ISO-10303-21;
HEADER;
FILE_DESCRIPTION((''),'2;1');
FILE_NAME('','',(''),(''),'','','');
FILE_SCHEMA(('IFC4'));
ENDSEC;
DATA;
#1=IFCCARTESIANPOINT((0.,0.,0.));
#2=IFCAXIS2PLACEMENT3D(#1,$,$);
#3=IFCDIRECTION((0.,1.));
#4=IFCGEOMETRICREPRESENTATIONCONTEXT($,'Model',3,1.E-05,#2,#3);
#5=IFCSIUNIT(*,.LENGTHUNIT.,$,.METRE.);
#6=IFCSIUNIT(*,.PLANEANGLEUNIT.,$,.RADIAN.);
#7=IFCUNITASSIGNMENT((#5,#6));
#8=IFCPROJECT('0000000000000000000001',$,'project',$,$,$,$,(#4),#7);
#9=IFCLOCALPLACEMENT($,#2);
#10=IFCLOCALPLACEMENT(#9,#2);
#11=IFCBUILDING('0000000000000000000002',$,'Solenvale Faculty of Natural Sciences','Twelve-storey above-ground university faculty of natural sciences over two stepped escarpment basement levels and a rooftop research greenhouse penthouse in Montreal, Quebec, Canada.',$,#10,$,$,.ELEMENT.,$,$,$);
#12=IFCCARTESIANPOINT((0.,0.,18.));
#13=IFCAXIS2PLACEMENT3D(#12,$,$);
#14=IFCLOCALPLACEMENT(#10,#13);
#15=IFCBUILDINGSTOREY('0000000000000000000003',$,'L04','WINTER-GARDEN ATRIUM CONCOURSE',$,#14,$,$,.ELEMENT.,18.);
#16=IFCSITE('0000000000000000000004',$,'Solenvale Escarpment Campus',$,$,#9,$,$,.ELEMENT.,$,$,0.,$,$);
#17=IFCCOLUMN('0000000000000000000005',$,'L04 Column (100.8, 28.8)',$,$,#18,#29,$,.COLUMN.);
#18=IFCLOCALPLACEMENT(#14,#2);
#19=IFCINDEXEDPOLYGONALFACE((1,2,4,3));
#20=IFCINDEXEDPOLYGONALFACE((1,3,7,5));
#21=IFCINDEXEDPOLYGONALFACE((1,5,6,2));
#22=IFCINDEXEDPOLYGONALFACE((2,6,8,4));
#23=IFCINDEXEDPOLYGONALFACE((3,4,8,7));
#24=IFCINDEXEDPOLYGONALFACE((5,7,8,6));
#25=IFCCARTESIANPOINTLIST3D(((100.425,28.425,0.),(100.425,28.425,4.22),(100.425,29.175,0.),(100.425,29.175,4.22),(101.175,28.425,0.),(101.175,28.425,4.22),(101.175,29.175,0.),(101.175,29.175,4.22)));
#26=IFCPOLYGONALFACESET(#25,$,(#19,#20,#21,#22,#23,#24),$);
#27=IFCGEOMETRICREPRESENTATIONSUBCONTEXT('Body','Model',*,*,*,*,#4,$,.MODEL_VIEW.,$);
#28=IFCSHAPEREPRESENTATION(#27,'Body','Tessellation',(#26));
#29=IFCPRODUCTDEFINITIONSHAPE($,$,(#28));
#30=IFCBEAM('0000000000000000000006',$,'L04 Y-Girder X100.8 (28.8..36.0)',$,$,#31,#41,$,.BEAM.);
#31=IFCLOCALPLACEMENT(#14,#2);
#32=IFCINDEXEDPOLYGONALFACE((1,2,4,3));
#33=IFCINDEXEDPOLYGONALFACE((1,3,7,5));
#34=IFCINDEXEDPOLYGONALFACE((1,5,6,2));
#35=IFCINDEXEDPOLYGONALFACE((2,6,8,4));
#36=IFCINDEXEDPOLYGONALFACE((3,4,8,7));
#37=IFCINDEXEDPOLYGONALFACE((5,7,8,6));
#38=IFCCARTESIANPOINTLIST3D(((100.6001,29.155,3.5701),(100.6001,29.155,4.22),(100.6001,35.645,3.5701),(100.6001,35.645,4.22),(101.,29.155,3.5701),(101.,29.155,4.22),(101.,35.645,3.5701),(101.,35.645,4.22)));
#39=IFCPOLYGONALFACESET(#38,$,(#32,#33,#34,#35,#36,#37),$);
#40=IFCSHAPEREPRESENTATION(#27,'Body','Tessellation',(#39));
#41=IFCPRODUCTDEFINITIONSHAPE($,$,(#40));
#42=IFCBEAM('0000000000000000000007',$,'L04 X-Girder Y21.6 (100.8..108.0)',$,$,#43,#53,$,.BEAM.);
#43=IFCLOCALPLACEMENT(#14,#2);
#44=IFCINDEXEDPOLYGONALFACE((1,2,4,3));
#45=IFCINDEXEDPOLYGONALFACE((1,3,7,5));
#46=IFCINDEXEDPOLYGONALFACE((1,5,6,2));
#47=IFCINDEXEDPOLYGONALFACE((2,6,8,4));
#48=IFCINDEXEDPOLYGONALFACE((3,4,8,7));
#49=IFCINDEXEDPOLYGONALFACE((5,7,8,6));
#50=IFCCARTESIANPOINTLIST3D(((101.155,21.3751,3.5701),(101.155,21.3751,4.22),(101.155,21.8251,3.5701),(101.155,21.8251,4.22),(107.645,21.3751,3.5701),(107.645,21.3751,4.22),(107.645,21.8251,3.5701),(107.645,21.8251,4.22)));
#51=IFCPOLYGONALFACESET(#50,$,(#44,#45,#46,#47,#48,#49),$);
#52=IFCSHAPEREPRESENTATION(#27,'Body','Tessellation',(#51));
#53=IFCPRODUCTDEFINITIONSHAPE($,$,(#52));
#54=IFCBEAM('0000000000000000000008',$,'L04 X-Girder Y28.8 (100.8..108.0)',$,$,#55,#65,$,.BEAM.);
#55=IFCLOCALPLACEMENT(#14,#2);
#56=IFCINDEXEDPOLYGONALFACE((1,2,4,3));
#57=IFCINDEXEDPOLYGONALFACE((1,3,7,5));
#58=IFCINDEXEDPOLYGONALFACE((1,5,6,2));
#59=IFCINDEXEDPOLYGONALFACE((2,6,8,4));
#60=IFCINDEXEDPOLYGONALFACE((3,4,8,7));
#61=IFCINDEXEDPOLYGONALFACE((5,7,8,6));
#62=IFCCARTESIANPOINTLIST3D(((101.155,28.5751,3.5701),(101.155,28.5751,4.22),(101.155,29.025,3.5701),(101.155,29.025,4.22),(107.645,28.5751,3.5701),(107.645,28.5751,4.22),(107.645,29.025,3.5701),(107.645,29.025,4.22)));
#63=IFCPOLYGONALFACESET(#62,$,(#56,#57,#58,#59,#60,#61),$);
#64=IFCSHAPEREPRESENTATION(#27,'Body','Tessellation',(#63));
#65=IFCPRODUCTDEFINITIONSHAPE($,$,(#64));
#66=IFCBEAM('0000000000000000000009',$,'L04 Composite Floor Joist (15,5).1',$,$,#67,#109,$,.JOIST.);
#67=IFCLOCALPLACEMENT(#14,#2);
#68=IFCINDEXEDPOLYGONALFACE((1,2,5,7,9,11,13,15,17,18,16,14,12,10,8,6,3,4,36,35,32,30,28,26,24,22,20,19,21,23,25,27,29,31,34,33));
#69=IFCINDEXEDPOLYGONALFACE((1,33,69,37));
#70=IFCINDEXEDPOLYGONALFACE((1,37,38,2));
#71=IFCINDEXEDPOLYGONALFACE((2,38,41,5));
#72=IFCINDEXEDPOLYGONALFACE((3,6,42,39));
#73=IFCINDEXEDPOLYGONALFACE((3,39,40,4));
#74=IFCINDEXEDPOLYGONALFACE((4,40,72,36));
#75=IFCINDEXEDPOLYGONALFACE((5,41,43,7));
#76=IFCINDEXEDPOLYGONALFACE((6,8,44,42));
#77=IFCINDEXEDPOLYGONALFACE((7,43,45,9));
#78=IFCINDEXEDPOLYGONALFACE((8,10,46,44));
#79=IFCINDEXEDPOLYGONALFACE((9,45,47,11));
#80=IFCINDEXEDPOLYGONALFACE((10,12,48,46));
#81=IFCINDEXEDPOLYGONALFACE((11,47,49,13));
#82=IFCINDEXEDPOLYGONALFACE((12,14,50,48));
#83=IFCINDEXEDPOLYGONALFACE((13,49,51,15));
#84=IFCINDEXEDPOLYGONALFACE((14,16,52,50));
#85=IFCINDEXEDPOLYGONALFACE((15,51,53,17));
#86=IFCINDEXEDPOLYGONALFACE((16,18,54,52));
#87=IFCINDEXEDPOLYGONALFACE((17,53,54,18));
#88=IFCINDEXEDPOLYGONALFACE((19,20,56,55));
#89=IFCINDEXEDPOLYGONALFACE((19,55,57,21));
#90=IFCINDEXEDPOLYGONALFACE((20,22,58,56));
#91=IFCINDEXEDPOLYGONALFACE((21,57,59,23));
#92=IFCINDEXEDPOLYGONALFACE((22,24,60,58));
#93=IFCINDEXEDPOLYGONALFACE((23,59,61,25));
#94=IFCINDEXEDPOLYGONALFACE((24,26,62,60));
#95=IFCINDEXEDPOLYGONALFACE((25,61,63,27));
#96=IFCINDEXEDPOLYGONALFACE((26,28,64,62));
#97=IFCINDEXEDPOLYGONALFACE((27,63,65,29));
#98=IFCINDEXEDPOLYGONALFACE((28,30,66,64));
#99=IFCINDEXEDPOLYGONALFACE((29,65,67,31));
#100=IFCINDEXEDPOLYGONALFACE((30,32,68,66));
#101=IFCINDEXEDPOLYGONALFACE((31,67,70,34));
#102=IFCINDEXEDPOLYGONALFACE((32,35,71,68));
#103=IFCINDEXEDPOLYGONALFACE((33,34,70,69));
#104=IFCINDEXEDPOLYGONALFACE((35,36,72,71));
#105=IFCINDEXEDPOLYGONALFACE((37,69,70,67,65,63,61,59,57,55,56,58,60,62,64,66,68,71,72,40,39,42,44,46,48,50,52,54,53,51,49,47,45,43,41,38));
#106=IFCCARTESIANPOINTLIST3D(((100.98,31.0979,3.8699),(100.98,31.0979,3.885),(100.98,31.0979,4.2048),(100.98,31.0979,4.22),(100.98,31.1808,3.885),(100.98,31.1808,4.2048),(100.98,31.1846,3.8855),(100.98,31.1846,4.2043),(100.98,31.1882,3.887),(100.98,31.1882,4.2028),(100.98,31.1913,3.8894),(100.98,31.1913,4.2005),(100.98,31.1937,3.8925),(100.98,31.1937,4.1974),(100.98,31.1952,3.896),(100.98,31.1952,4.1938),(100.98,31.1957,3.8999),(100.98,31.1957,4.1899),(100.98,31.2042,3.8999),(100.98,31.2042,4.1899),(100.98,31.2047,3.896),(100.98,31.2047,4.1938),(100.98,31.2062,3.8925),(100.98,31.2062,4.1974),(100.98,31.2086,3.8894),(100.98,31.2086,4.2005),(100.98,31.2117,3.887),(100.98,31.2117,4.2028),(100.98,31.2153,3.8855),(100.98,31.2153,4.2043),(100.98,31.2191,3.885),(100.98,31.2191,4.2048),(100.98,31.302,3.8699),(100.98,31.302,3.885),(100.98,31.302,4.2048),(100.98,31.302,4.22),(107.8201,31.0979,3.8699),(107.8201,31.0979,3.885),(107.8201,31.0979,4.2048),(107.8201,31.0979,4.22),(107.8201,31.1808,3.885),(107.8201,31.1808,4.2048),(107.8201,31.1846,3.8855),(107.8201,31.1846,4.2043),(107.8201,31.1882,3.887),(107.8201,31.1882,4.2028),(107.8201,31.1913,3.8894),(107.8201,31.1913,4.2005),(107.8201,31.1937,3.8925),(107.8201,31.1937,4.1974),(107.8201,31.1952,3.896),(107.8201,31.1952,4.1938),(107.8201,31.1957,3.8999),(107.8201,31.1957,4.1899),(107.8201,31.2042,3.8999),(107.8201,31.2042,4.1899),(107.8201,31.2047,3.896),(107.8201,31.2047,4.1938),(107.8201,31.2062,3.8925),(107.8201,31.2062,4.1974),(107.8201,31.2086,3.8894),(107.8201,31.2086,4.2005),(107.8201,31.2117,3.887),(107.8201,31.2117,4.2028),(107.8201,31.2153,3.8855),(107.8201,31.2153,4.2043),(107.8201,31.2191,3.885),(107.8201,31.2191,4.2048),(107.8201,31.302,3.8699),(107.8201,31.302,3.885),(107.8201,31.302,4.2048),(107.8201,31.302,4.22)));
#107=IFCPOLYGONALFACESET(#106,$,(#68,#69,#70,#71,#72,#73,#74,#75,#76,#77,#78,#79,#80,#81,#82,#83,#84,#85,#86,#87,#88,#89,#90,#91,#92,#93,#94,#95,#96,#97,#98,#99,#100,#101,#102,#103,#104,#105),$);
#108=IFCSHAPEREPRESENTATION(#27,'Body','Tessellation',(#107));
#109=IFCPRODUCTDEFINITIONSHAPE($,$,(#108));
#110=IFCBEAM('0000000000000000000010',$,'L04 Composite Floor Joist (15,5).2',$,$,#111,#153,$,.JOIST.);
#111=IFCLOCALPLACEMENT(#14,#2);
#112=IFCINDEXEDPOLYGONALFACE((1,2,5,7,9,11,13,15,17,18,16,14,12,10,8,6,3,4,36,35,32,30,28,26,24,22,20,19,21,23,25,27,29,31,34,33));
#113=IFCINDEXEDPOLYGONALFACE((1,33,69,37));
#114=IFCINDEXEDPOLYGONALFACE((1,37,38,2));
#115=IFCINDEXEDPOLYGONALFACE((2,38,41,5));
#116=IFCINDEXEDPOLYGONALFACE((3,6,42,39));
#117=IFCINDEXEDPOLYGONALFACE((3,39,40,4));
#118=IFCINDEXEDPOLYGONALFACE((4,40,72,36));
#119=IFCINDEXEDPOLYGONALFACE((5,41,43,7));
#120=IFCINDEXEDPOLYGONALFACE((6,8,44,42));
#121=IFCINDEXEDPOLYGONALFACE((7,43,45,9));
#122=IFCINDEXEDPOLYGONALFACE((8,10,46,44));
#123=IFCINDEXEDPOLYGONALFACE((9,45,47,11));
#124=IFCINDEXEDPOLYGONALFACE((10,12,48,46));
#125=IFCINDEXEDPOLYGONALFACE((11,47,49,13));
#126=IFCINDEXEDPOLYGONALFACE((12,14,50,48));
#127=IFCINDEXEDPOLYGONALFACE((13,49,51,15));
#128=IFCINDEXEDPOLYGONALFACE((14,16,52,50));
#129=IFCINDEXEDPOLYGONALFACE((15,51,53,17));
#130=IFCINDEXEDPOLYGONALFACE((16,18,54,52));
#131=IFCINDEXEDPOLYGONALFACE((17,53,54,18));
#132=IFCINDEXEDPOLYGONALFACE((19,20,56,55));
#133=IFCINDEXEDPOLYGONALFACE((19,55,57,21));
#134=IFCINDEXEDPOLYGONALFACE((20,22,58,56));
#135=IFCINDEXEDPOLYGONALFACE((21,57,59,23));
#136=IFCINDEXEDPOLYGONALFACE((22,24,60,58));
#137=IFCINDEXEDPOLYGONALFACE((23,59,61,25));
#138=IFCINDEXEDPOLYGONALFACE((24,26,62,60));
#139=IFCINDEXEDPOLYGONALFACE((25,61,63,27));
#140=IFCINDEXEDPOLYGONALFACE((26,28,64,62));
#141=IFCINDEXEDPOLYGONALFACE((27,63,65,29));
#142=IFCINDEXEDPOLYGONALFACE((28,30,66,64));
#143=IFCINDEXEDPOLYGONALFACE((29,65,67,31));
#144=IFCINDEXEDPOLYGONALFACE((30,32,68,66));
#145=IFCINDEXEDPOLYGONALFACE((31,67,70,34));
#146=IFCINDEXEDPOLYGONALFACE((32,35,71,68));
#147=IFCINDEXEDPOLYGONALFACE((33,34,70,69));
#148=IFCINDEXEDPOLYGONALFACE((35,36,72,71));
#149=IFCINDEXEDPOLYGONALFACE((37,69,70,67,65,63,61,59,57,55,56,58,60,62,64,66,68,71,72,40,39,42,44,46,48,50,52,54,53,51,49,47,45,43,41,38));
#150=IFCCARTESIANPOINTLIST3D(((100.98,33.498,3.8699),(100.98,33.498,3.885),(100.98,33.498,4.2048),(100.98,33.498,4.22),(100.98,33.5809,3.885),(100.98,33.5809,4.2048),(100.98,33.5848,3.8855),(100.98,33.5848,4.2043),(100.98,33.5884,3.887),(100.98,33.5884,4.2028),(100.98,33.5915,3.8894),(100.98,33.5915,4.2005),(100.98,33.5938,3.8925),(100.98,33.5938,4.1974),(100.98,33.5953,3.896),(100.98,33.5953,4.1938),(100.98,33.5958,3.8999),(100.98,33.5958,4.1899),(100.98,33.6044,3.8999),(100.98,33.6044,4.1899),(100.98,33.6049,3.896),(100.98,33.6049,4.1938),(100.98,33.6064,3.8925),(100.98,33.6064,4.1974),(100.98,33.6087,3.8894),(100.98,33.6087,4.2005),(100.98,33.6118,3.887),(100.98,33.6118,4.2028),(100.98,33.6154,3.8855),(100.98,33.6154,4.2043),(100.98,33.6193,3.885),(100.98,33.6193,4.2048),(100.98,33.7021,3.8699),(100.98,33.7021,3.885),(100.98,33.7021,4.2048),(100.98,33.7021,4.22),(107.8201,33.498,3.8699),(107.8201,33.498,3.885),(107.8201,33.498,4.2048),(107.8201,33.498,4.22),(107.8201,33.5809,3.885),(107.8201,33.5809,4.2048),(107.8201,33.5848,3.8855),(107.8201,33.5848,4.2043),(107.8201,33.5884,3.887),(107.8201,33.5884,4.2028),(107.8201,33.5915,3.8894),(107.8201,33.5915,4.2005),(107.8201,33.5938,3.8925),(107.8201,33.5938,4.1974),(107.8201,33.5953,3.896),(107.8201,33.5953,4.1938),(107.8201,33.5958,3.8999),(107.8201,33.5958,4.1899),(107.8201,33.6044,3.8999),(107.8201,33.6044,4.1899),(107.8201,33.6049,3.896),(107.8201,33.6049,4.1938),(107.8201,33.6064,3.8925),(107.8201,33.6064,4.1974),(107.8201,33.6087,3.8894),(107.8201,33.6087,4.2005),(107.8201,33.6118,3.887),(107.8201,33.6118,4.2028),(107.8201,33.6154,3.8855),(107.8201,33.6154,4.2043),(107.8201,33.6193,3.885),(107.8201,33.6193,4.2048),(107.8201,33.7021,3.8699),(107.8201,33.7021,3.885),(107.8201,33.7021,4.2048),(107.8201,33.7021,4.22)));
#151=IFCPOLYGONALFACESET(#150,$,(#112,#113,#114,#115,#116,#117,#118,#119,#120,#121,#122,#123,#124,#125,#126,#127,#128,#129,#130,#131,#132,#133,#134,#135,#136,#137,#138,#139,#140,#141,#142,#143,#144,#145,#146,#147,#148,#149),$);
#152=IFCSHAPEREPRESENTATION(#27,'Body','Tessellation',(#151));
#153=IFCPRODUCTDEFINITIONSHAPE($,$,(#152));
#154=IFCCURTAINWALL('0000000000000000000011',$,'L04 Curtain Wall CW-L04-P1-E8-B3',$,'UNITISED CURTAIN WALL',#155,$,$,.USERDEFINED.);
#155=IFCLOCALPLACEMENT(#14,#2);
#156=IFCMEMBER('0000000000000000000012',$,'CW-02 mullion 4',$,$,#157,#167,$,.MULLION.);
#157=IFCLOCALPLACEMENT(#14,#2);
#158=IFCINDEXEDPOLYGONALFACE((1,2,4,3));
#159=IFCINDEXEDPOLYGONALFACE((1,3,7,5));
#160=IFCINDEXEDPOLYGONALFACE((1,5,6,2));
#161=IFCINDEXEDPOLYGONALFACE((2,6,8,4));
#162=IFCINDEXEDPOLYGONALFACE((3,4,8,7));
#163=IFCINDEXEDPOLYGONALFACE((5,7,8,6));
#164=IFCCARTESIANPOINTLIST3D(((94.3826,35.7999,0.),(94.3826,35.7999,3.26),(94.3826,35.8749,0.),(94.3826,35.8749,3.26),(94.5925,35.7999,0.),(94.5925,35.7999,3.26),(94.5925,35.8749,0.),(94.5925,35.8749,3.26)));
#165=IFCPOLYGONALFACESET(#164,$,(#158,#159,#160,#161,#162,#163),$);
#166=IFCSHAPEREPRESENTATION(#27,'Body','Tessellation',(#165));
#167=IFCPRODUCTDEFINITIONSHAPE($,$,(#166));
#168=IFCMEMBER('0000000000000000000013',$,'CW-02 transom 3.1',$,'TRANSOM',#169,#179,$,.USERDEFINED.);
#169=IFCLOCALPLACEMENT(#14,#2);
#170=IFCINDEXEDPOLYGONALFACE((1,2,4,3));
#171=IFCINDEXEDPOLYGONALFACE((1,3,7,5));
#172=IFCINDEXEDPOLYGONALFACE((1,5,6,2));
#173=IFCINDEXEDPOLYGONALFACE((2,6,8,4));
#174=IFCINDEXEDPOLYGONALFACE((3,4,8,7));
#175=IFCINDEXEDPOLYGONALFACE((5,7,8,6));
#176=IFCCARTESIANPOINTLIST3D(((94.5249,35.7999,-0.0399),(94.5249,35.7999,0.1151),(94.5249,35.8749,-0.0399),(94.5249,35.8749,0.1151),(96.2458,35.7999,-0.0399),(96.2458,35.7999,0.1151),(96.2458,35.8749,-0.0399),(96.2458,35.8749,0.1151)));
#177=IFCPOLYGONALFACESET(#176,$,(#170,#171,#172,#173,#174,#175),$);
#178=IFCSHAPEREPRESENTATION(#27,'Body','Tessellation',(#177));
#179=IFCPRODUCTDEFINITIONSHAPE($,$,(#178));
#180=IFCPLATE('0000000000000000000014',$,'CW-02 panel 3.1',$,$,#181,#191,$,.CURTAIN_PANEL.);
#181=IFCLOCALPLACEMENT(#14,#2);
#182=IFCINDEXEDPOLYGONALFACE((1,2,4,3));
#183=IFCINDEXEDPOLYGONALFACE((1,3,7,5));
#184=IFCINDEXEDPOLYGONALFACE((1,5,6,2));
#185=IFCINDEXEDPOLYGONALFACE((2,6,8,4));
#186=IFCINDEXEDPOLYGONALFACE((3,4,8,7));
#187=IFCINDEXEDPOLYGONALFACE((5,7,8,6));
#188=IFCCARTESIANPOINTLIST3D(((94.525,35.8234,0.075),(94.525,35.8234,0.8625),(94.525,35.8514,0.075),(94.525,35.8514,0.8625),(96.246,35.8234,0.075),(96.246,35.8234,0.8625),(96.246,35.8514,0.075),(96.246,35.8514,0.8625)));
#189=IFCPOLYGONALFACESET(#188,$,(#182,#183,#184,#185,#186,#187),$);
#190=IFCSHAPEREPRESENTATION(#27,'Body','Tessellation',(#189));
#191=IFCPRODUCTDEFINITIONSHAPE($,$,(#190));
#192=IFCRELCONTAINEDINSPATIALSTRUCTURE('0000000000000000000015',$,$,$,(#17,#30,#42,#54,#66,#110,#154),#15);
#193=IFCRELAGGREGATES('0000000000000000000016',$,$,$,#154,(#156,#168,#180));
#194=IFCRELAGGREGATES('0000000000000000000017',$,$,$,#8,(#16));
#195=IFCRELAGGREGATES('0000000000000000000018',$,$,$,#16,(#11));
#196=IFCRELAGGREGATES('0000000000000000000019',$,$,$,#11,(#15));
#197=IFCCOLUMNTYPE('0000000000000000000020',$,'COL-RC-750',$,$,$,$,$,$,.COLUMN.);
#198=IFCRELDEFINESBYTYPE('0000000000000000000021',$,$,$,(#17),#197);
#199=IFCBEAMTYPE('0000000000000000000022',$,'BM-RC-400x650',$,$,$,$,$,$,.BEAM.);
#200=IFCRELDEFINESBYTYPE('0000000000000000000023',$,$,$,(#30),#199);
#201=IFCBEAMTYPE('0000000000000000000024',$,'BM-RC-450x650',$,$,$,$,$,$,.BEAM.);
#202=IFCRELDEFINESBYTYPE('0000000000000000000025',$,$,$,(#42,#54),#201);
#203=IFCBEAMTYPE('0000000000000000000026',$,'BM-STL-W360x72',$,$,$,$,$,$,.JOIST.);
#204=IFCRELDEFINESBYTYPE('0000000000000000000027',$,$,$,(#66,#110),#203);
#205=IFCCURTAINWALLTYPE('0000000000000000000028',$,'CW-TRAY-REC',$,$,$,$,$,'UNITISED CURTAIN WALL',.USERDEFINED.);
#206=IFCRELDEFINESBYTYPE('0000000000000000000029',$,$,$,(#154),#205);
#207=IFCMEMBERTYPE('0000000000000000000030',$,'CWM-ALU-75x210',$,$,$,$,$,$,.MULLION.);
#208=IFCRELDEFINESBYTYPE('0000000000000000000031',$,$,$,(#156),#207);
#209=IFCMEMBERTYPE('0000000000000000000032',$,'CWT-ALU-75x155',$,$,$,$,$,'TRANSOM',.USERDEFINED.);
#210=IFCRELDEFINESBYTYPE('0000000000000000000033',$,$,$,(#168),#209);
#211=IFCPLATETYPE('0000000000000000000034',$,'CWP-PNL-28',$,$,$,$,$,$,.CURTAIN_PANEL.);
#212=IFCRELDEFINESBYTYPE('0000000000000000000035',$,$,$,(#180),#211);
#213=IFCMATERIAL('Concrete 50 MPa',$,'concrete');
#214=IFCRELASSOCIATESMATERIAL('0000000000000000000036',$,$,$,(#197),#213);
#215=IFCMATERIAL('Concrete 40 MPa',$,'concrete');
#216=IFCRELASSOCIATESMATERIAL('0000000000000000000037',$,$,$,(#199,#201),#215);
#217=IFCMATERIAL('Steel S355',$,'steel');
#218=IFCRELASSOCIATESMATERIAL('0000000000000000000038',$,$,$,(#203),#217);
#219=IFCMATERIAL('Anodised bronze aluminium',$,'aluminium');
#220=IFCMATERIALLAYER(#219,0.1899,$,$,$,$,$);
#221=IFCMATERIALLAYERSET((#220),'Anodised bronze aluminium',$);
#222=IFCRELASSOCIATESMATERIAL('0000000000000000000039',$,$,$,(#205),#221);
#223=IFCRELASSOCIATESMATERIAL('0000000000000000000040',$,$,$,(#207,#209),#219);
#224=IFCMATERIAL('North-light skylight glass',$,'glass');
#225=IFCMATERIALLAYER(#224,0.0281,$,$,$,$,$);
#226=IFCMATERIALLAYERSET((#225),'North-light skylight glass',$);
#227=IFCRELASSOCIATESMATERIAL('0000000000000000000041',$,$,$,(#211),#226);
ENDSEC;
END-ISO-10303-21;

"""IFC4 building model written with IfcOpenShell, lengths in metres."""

from ifc_helpers import new_model, si_unit, direction, frame, origin, origin_2d, place, context, subcontext, project, spatial, rectangle, i_section, extrude, material, layer, layer_set, material_profile, profile_set, type_object, element, aggregate, save


model = new_model("IFC4")

# Units and contexts
model_context = context("Model", 3, precision=1e-05, world=origin(), true_north=direction((0.0, 1.0)))
body_context = subcontext(model_context, "Body", "Model", "MODEL_VIEW")
ifc_project = project(units=[si_unit("LENGTHUNIT", "METRE"), si_unit("PLANEANGLEUNIT", "RADIAN")], contexts=[model_context])

# Site, building, storey
site_placement = place(None, origin())
site = spatial("IfcSite", under=ifc_project, at=site_placement, Name="Solenvale Escarpment Campus", CompositionType="ELEMENT", RefElevation=0.0)
building_placement = place(site_placement, origin())
building = spatial("IfcBuilding", under=site, at=building_placement, Name="Solenvale Faculty of Natural Sciences", Description="Twelve-storey above-ground university faculty of natural sciences over two stepped escarpment basement levels and a rooftop research greenhouse penthouse in Montreal, Quebec, Canada.", CompositionType="ELEMENT")
storey_placement = place(building_placement, frame((0.0, 0.0, 18.0)))
storey = spatial("IfcBuildingStorey", under=building, at=storey_placement, Name="L04", Description="WINTER-GARDEN ATRIUM CONCOURSE", CompositionType="ELEMENT", Elevation=18.0)

# Column
ifc_material_1 = material(Name="Concrete 50 MPa", Category="concrete")
ifc_material_profile_1 = material_profile(ifc_material_1, rectangle(XDim=0.75, YDim=0.75, at=origin_2d()), Name="RC-COL-750x750")
ifc_profile_set_1 = profile_set([ifc_material_profile_1], Name="Concrete 50 MPa")
column_type = type_object("IfcColumnType", Name="COL-RC-750", PredefinedType="COLUMN", material=ifc_profile_set_1)
column_placement = place(storey_placement, frame((100.8, 28.8, 0.0), z_axis=(0.0, 0.0, 1.0), x_axis=(1.0, 0.0, 0.0)))
element("IfcColumn", 1, at=column_placement, inside=storey, type_object=column_type, Name="L04 Column (100.8, 28.8)", PredefinedType="COLUMN", context=body_context, shape_type="SweptSolid", body=[
    extrude(rectangle(XDim=0.75, YDim=0.75, at=origin_2d()), origin(), (0.0, 0.0, 1.0), 4.22),
])

# Beams
ifc_material_2 = material(Name="Concrete 40 MPa", Category="concrete")
ifc_material_profile_2 = material_profile(ifc_material_2, rectangle(XDim=0.3999, YDim=0.6499, at=origin_2d()), Name="RC-BM-400x650")
ifc_profile_set_2 = profile_set([ifc_material_profile_2], Name="Concrete 40 MPa")
beam_type_1 = type_object("IfcBeamType", Name="BM-RC-400x650", PredefinedType="BEAM", material=ifc_profile_set_2)
beam_placement = place(storey_placement, frame((100.8, 29.155, 3.895), z_axis=(0.0, 1.0, 0.0), x_axis=(-1.0, 0.0, 0.0)))
element("IfcBeam", 2, at=beam_placement, inside=storey, type_object=beam_type_1, Name="L04 Y-Girder X100.8 (28.8..36.0)", PredefinedType="BEAM", context=body_context, shape_type="SweptSolid", body=[
    extrude(rectangle(XDim=0.3999, YDim=0.6499, at=origin_2d()), origin(), (0.0, 0.0, 1.0), 6.49),
])
ifc_material_profile_3 = material_profile(ifc_material_2, rectangle(XDim=0.45, YDim=0.6499, at=origin_2d()), Name="RC-BM-450x650")
ifc_profile_set_3 = profile_set([ifc_material_profile_3], Name="Concrete 40 MPa")
beam_type_2 = type_object("IfcBeamType", Name="BM-RC-450x650", PredefinedType="BEAM", material=ifc_profile_set_3)
for number, where, z_axis, x_axis, name in (
    (3, (101.155, 21.6001, 3.895), (1.0, 0.0, 0.0), (0.0, 1.0, 0.0), "L04 X-Girder Y21.6 (100.8..108.0)"),
    (4, (101.155, 28.8, 3.895), (1.0, 0.0, 0.0), (0.0, 1.0, 0.0), "L04 X-Girder Y28.8 (100.8..108.0)"),
):
    element("IfcBeam", number, at=place(storey_placement, frame(where, z_axis=z_axis, x_axis=x_axis)), inside=storey, type_object=beam_type_2, Name=name, PredefinedType="BEAM", context=body_context, shape_type="SweptSolid", body=[
        extrude(rectangle(XDim=0.45, YDim=0.6499, at=origin_2d()), origin(), (0.0, 0.0, 1.0), 6.49),
    ])
ifc_material_3 = material(Name="Steel S355", Category="steel")
ifc_material_profile_4 = material_profile(ifc_material_3, i_section(OverallWidth=0.2041, OverallDepth=0.3501, WebThickness=0.0085, FlangeThickness=0.0151, FilletRadius=0.0149, at=origin_2d()), Name="W360x72")
ifc_profile_set_4 = profile_set([ifc_material_profile_4], Name="Steel S355")
beam_type_3 = type_object("IfcBeamType", Name="BM-STL-W360x72", PredefinedType="JOIST", material=ifc_profile_set_4)
for number, where, z_axis, x_axis, name in (
    (5, (100.98, 31.2, 4.0449), (1.0, 0.0, 0.0), (0.0, 1.0, 0.0), "L04 Composite Floor Joist (15,5).1"),
    (6, (100.98, 33.6001, 4.0449), (1.0, 0.0, 0.0), (0.0, 1.0, 0.0), "L04 Composite Floor Joist (15,5).2"),
):
    element("IfcBeam", number, at=place(storey_placement, frame(where, z_axis=z_axis, x_axis=x_axis)), inside=storey, type_object=beam_type_3, Name=name, PredefinedType="JOIST", context=body_context, shape_type="SweptSolid", body=[
        extrude(i_section(OverallWidth=0.2041, OverallDepth=0.3501, WebThickness=0.0085, FlangeThickness=0.0151, FilletRadius=0.0149, at=origin_2d()), origin(), (0.0, 0.0, 1.0), 6.8401),
    ])

# Curtain wall, members, plate
ifc_material_4 = material(Name="Anodised bronze aluminium", Category="aluminium")
ifc_layer_1 = layer(ifc_material_4, 0.1899)
ifc_layer_set_1 = layer_set([ifc_layer_1], Name="Anodised bronze aluminium")
curtain_wall_type = type_object("IfcCurtainWallType", Name="CW-TRAY-REC", ElementType="UNITISED CURTAIN WALL", PredefinedType="USERDEFINED", material=ifc_layer_set_1)
curtain_wall_placement = place(storey_placement, origin())
curtain_wall = element("IfcCurtainWall", 7, at=curtain_wall_placement, inside=storey, type_object=curtain_wall_type, Name="L04 Curtain Wall CW-L04-P1-E8-B3", ObjectType="UNITISED CURTAIN WALL", PredefinedType="USERDEFINED")
ifc_material_profile_5 = material_profile(ifc_material_4, rectangle(XDim=0.075, YDim=0.21, at=origin_2d()), Name="ALU-MUL-75x210")
ifc_profile_set_5 = profile_set([ifc_material_profile_5], Name="Anodised bronze aluminium")
member_type_1 = type_object("IfcMemberType", Name="CWM-ALU-75x210", PredefinedType="MULLION", material=ifc_profile_set_5)
member_1_placement = place(storey_placement, frame((94.4875, 35.8374, 0.0), z_axis=(0.0, 0.0, 1.0), x_axis=(0.0, -1.0, 0.0)))
member_1 = element("IfcMember", 8, at=member_1_placement, type_object=member_type_1, Name="CW-02 mullion 4", PredefinedType="MULLION", context=body_context, shape_type="SweptSolid", body=[
    extrude(rectangle(XDim=0.075, YDim=0.21, at=origin_2d()), origin(), (0.0, 0.0, 1.0), 3.26),
])
ifc_material_profile_6 = material_profile(ifc_material_4, rectangle(XDim=0.075, YDim=0.155, at=origin_2d()), Name="ALU-TRN-75x155")
ifc_profile_set_6 = profile_set([ifc_material_profile_6], Name="Anodised bronze aluminium")
member_type_2 = type_object("IfcMemberType", Name="CWT-ALU-75x155", ElementType="TRANSOM", PredefinedType="USERDEFINED", material=ifc_profile_set_6)
member_2_placement = place(storey_placement, frame((96.2458, 35.8374, 0.0376), z_axis=(-1.0, 0.0, 0.0), x_axis=(0.0, -1.0, 0.0)))
member_2 = element("IfcMember", 9, at=member_2_placement, type_object=member_type_2, Name="CW-02 transom 3.1", ObjectType="TRANSOM", PredefinedType="USERDEFINED", context=body_context, shape_type="SweptSolid", body=[
    extrude(rectangle(XDim=0.075, YDim=0.155, at=origin_2d()), origin(), (0.0, 0.0, 1.0), 1.7209),
])
ifc_material_5 = material(Name="North-light skylight glass", Category="glass")
ifc_layer_2 = layer(ifc_material_5, 0.0281)
ifc_layer_set_2 = layer_set([ifc_layer_2], Name="North-light skylight glass")
plate_type = type_object("IfcPlateType", Name="CWP-PNL-28", PredefinedType="CURTAIN_PANEL", material=ifc_layer_set_2)
plate_1_placement = place(storey_placement, frame((95.3855, 35.8374, 0.075), z_axis=(0.0, 0.0, 1.0), x_axis=(-1.0, 0.0, 0.0)))
plate_1 = element("IfcPlate", 10, at=plate_1_placement, type_object=plate_type, Name="CW-02 panel 3.1", PredefinedType="CURTAIN_PANEL", context=body_context, shape_type="SweptSolid", body=[
    extrude(rectangle(XDim=1.7209, YDim=0.0281, at=origin_2d()), origin(), (0.0, 0.0, 1.0), 0.7876),
])
aggregate(curtain_wall, [member_1, member_2, plate_1])

save(model, "model.ifc")
